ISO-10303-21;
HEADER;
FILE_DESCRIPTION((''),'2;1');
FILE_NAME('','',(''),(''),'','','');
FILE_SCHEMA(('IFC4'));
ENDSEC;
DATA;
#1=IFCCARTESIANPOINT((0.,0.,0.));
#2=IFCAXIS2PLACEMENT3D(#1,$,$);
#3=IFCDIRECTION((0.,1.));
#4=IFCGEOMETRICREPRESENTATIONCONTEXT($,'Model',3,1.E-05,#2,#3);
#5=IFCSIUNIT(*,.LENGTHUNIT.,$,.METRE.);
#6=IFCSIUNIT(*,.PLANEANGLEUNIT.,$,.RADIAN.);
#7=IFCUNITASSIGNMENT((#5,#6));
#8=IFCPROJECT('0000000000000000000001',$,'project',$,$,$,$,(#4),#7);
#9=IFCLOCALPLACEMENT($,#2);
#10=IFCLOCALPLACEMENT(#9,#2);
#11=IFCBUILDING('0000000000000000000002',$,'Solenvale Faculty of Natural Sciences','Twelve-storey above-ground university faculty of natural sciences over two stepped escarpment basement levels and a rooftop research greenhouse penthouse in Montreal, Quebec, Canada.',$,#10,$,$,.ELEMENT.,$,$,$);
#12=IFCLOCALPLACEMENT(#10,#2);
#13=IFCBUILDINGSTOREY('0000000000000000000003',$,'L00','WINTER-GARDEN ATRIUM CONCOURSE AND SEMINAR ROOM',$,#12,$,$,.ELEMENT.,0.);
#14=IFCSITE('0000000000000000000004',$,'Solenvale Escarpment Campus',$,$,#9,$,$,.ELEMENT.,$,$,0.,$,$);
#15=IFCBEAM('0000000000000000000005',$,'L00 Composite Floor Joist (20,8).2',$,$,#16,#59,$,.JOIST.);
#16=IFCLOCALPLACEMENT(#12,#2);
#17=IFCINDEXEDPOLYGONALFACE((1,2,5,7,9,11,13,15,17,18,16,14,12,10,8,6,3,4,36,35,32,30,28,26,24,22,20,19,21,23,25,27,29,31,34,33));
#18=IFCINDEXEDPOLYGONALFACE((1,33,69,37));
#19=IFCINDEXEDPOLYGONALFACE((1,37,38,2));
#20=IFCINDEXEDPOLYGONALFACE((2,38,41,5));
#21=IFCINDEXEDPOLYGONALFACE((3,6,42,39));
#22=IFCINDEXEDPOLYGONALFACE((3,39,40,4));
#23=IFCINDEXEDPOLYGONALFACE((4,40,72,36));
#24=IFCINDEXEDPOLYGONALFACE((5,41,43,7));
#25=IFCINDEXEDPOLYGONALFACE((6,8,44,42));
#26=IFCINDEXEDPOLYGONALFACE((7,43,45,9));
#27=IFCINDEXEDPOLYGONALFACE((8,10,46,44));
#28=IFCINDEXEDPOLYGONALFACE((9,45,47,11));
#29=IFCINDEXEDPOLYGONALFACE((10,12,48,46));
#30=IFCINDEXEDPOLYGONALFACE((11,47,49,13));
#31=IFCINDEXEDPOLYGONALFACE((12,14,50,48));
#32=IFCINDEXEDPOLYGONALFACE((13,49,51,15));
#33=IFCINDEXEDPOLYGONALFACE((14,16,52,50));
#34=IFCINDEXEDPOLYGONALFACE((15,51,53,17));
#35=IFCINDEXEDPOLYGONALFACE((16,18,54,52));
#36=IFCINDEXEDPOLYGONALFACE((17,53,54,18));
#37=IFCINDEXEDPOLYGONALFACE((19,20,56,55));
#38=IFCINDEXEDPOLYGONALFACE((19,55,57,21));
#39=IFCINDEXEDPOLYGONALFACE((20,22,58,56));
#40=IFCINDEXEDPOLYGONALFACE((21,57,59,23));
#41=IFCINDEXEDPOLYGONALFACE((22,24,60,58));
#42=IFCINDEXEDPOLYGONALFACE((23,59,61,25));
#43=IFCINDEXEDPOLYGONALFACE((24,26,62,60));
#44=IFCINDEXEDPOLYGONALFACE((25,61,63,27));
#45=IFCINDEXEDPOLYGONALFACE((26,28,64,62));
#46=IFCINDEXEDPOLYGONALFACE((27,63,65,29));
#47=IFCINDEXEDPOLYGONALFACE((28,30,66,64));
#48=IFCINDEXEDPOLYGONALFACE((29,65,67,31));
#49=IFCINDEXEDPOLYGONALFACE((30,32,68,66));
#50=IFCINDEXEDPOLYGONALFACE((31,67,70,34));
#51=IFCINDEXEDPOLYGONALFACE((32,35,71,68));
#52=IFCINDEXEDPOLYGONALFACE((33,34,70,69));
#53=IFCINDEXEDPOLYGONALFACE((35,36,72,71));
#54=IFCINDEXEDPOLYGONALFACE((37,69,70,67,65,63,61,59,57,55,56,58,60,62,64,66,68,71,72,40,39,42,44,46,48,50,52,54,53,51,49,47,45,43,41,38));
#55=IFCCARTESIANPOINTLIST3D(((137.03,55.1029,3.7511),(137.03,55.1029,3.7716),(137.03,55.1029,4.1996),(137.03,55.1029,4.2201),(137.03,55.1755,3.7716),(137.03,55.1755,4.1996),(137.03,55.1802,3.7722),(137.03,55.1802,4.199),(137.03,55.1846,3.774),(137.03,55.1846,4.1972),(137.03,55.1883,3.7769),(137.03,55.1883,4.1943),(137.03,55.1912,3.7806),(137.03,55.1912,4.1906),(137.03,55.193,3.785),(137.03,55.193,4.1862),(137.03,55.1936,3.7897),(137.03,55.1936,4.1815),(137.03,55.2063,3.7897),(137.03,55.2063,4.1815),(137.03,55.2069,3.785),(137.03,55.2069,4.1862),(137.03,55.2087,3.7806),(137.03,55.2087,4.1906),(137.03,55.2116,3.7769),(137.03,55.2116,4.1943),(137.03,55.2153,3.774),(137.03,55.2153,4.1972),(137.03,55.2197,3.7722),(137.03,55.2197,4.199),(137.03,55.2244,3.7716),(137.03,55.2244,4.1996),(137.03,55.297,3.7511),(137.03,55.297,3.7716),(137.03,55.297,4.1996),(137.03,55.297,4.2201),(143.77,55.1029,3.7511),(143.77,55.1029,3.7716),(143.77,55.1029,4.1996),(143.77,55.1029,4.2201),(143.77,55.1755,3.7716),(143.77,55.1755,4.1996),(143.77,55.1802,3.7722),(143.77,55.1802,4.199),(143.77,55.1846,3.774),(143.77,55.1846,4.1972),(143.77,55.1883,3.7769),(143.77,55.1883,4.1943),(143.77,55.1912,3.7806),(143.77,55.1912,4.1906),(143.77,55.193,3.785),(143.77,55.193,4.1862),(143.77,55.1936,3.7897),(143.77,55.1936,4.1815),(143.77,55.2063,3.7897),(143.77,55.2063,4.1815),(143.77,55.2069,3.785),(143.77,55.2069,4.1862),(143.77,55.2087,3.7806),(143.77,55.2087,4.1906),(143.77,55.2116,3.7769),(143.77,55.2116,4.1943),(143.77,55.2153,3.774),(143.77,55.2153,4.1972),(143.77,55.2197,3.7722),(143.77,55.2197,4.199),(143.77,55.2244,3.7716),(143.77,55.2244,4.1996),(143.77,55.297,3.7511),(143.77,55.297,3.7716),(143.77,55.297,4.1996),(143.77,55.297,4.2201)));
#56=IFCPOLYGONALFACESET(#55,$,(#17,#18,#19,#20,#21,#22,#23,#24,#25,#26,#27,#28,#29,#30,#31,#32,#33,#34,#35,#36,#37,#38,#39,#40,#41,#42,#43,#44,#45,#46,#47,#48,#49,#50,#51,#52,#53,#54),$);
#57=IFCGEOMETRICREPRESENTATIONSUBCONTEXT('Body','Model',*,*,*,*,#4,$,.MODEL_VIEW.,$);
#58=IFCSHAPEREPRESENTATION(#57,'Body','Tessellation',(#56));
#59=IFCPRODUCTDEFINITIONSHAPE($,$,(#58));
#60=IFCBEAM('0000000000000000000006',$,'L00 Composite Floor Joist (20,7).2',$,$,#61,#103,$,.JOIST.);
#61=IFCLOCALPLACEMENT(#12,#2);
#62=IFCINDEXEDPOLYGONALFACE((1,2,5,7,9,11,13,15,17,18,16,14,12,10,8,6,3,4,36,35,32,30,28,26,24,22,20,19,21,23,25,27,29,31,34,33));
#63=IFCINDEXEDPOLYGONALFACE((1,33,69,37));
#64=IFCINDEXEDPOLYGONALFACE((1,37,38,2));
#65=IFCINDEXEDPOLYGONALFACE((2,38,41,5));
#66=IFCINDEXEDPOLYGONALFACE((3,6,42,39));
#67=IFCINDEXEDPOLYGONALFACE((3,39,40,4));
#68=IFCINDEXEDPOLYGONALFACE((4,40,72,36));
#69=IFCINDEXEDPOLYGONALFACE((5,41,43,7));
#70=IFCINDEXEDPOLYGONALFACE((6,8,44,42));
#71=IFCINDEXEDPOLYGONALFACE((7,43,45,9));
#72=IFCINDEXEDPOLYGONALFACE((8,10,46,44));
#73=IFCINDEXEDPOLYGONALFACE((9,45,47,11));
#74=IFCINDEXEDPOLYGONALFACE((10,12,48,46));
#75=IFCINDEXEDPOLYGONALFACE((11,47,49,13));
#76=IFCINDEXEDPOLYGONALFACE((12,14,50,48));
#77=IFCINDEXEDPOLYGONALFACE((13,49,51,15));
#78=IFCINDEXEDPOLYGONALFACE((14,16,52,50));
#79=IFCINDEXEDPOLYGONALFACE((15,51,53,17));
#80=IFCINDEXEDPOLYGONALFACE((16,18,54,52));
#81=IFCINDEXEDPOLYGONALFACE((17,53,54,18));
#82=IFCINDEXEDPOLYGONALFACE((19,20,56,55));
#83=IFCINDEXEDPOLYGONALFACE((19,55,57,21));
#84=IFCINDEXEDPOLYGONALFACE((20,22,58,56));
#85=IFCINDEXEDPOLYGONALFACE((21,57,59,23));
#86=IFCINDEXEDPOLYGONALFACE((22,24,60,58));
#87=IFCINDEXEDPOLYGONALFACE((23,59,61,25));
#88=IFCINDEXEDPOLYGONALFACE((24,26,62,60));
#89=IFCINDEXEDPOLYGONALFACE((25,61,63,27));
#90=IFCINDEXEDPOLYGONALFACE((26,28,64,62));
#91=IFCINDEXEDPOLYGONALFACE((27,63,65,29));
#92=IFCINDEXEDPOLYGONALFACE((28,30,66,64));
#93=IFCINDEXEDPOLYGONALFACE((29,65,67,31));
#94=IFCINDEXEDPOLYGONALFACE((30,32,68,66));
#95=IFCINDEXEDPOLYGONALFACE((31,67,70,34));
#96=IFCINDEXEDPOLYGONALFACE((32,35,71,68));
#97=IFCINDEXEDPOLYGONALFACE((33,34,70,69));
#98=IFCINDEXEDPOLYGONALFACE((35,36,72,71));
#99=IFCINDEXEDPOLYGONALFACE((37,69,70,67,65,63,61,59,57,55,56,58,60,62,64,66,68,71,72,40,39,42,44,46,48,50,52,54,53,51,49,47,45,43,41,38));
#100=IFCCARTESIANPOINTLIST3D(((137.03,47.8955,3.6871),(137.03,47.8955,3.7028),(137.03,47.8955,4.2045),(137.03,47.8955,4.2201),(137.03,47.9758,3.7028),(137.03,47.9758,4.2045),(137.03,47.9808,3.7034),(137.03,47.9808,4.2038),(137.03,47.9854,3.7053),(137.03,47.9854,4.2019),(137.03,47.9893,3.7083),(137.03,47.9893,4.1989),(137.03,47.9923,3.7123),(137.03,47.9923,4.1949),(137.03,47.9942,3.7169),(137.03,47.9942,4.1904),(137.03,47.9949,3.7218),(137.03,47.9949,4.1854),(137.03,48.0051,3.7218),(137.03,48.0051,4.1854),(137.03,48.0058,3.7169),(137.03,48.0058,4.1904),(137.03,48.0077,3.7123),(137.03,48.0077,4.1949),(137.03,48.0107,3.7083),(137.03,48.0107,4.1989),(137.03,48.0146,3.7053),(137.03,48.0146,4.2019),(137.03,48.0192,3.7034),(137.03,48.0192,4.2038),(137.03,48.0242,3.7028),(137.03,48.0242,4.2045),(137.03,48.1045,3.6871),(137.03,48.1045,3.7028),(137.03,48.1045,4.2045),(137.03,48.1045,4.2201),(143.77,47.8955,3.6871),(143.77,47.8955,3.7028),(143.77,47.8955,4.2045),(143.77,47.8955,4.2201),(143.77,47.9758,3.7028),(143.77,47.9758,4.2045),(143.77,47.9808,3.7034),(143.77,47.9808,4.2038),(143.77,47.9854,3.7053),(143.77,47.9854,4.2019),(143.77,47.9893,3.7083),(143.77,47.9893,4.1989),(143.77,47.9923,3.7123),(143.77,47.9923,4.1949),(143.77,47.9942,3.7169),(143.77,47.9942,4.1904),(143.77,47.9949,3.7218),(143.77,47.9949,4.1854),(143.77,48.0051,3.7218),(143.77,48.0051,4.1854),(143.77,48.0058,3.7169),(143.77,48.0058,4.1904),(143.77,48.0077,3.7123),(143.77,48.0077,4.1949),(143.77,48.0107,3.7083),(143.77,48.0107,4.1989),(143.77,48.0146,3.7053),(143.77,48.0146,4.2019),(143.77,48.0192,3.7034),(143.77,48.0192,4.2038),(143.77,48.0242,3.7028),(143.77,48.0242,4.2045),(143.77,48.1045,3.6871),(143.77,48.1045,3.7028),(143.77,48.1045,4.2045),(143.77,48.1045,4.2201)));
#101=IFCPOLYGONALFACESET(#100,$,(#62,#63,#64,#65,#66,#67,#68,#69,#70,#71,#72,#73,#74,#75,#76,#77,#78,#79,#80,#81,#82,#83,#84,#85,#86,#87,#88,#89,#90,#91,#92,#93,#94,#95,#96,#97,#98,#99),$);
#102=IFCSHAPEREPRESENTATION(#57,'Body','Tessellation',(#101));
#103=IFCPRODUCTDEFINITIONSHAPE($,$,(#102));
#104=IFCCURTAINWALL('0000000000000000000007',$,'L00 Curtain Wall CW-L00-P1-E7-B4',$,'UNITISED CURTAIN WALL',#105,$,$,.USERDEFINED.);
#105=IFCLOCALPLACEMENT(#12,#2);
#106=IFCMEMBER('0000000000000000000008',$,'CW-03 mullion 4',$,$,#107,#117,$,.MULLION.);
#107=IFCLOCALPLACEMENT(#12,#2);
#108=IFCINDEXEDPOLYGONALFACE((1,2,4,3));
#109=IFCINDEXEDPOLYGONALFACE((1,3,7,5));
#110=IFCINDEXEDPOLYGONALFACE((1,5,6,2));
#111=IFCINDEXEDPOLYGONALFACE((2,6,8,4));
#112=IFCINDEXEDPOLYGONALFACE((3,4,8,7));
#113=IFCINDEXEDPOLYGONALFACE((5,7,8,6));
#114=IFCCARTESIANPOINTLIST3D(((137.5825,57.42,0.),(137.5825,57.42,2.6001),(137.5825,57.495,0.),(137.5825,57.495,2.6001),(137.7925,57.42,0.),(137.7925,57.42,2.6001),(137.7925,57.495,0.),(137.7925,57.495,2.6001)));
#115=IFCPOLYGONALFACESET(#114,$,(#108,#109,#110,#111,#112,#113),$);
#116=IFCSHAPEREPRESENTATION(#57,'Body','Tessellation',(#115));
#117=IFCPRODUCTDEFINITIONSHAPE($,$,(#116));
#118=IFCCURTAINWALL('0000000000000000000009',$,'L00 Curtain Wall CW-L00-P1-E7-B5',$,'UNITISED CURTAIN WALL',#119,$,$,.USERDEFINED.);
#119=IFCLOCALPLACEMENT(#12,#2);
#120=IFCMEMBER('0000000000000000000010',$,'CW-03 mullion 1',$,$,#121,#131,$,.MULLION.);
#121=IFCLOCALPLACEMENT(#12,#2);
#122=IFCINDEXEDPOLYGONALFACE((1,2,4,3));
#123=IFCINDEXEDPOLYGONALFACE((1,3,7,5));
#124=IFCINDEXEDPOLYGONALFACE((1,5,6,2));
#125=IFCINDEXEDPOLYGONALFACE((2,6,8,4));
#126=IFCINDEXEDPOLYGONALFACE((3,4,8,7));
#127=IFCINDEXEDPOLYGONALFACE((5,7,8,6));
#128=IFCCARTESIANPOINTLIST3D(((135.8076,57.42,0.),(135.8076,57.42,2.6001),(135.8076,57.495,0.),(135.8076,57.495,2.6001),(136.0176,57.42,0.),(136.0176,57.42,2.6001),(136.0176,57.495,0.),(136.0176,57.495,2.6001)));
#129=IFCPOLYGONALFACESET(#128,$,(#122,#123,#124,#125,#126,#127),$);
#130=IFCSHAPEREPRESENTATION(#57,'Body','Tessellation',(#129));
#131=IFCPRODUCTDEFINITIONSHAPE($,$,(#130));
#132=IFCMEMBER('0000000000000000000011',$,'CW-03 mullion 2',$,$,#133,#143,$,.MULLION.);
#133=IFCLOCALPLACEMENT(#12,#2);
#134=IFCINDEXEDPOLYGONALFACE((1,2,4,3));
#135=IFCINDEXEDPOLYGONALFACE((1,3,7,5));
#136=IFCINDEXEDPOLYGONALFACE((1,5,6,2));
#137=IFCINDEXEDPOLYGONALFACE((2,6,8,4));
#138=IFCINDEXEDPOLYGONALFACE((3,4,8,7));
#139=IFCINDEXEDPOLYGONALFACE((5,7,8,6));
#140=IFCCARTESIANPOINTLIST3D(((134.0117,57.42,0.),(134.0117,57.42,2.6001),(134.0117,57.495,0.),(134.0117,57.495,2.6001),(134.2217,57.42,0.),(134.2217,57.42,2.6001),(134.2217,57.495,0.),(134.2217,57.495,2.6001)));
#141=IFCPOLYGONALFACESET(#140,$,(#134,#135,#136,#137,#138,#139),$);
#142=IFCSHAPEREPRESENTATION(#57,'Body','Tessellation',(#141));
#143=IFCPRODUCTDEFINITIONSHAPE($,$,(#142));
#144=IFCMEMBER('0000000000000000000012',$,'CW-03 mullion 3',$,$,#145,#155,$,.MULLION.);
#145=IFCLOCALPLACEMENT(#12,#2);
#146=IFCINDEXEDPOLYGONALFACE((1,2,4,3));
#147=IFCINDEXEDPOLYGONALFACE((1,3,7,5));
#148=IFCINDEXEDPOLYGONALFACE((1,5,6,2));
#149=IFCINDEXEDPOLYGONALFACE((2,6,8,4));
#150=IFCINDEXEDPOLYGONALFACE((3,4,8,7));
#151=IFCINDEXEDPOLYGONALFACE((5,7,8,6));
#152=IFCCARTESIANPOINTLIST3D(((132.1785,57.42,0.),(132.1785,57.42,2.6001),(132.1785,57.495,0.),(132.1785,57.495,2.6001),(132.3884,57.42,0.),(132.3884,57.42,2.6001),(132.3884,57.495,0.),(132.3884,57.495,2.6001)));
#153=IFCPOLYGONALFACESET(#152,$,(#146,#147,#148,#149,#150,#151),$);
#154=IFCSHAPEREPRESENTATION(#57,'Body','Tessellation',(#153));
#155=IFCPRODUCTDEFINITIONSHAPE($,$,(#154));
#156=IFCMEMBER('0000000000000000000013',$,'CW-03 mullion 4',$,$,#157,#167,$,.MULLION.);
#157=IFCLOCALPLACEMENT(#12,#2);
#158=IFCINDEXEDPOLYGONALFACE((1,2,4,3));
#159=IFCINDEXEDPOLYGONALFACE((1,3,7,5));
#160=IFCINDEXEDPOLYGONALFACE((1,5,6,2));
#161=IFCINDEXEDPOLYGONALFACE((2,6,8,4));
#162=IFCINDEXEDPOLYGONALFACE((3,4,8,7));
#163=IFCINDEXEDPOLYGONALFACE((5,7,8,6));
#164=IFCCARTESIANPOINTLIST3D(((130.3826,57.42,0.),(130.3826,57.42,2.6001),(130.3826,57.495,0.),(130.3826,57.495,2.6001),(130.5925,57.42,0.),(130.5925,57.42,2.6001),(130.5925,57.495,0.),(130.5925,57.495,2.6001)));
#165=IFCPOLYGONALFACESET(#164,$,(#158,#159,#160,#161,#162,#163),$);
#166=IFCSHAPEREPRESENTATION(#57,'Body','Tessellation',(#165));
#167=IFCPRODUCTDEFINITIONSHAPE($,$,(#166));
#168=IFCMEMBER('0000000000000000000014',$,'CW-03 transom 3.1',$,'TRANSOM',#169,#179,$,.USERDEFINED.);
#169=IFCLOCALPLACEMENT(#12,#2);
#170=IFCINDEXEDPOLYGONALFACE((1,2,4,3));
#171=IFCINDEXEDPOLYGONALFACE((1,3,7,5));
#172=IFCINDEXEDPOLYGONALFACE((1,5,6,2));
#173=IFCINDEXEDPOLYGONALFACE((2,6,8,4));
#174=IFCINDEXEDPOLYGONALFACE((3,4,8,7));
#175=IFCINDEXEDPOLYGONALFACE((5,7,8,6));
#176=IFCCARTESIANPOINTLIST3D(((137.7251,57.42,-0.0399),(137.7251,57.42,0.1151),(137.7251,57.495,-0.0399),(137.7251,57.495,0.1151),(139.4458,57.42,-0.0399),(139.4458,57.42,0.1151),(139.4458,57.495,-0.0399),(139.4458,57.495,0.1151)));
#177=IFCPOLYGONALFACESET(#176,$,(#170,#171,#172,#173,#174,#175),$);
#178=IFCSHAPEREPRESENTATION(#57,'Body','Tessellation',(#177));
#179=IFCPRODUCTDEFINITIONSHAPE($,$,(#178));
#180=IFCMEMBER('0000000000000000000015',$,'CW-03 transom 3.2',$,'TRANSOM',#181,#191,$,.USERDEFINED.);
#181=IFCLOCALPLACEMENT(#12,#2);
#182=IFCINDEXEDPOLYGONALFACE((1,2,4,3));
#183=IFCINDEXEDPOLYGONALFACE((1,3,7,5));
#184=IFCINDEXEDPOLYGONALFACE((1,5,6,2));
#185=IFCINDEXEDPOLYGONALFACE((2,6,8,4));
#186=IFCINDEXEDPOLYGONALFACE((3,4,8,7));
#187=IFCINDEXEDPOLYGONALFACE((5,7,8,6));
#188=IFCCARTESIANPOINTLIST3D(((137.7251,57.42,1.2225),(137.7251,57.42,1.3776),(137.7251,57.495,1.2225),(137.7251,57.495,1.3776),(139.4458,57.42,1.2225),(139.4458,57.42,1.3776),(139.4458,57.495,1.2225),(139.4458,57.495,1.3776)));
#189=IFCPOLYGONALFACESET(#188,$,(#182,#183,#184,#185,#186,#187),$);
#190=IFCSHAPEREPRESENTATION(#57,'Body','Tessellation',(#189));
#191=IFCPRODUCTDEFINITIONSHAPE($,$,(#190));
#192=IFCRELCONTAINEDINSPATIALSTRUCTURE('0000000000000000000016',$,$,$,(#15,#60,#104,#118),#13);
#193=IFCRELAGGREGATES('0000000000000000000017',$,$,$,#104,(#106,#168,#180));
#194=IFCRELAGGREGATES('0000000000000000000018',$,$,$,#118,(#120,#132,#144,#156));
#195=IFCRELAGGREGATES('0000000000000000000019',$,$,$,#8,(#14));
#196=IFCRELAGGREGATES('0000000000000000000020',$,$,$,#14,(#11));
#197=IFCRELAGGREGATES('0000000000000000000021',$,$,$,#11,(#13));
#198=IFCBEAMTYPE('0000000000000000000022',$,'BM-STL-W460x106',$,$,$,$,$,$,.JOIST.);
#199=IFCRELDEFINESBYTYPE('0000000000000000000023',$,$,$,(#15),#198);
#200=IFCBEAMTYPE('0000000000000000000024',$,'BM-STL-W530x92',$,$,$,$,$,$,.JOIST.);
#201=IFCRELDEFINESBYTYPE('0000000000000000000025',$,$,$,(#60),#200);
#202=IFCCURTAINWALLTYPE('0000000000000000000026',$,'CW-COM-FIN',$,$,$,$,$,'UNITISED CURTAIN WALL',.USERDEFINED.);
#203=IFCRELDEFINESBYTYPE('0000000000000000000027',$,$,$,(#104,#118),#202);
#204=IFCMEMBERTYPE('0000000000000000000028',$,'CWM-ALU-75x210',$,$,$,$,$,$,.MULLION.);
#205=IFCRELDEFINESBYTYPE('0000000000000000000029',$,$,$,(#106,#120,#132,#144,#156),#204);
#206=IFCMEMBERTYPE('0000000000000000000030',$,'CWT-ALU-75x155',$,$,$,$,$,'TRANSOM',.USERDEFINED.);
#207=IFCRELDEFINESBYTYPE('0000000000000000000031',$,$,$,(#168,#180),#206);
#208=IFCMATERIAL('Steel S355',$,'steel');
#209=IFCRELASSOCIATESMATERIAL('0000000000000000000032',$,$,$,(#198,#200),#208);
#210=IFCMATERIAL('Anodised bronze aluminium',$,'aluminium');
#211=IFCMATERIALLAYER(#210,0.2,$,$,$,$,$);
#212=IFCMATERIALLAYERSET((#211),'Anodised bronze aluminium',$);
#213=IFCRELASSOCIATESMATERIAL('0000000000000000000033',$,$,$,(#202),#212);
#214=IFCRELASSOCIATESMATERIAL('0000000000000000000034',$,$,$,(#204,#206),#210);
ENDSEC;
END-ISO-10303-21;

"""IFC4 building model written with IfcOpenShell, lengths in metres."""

from ifc_helpers import new_model, si_unit, direction, frame, origin, origin_2d, place, context, subcontext, project, spatial, rectangle, i_section, extrude, material, layer, layer_set, material_profile, profile_set, type_object, element, aggregate, save


model = new_model("IFC4")

# Units and contexts
model_context = context("Model", 3, precision=1e-05, world=origin(), true_north=direction((0.0, 1.0)))
body_context = subcontext(model_context, "Body", "Model", "MODEL_VIEW")
ifc_project = project(units=[si_unit("LENGTHUNIT", "METRE"), si_unit("PLANEANGLEUNIT", "RADIAN")], contexts=[model_context])

# Site, building, storey
site_placement = place(None, origin())
site = spatial("IfcSite", under=ifc_project, at=site_placement, Name="Solenvale Escarpment Campus", CompositionType="ELEMENT", RefElevation=0.0)
building_placement = place(site_placement, origin())
building = spatial("IfcBuilding", under=site, at=building_placement, Name="Solenvale Faculty of Natural Sciences", Description="Twelve-storey above-ground university faculty of natural sciences over two stepped escarpment basement levels and a rooftop research greenhouse penthouse in Montreal, Quebec, Canada.", CompositionType="ELEMENT")
storey_placement = place(building_placement, origin())
storey = spatial("IfcBuildingStorey", under=building, at=storey_placement, Name="L00", Description="WINTER-GARDEN ATRIUM CONCOURSE AND SEMINAR ROOM", CompositionType="ELEMENT", Elevation=0.0)

# Beams
ifc_material_1 = material(Name="Steel S355", Category="steel")
ifc_material_profile_1 = material_profile(ifc_material_1, i_section(OverallWidth=0.1941, OverallDepth=0.469, WebThickness=0.0127, FlangeThickness=0.0205, FilletRadius=0.0181, at=origin_2d()), Name="W460x106")
ifc_profile_set_1 = profile_set([ifc_material_profile_1], Name="Steel S355")
beam_type_1 = type_object("IfcBeamType", Name="BM-STL-W460x106", PredefinedType="JOIST", material=ifc_profile_set_1)
for number, where, z_axis, x_axis, name in (
    (1, (137.03, 55.2, 3.9856), (1.0, 0.0, 0.0), (0.0, 1.0, 0.0), "L00 Composite Floor Joist (20,8).2"),
):
    element("IfcBeam", number, at=place(storey_placement, frame(where, z_axis=z_axis, x_axis=x_axis)), inside=storey, type_object=beam_type_1, Name=name, PredefinedType="JOIST", context=body_context, shape_type="SweptSolid", body=[
        extrude(i_section(OverallWidth=0.1941, OverallDepth=0.469, WebThickness=0.0127, FlangeThickness=0.0205, FilletRadius=0.0181, at=origin_2d()), origin(), (0.0, 0.0, 1.0), 6.74),
    ])
ifc_material_profile_2 = material_profile(ifc_material_1, i_section(OverallWidth=0.209, OverallDepth=0.533, WebThickness=0.0103, FlangeThickness=0.0156, FilletRadius=0.019, at=origin_2d()), Name="W530x92")
ifc_profile_set_2 = profile_set([ifc_material_profile_2], Name="Steel S355")
beam_type_2 = type_object("IfcBeamType", Name="BM-STL-W530x92", PredefinedType="JOIST", material=ifc_profile_set_2)
beam_1_placement = place(storey_placement, frame((137.03, 48.0, 3.9536), z_axis=(1.0, 0.0, 0.0), x_axis=(0.0, 1.0, 0.0)))
element("IfcBeam", 2, at=beam_1_placement, inside=storey, type_object=beam_type_2, Name="L00 Composite Floor Joist (20,7).2", PredefinedType="JOIST", context=body_context, shape_type="SweptSolid", body=[
    extrude(i_section(OverallWidth=0.209, OverallDepth=0.533, WebThickness=0.0103, FlangeThickness=0.0156, FilletRadius=0.019, at=origin_2d()), origin(), (0.0, 0.0, 1.0), 6.74),
])

# Curtain wall, member
ifc_material_2 = material(Name="Anodised bronze aluminium", Category="aluminium")
ifc_layer_1 = layer(ifc_material_2, 0.2)
ifc_layer_set_1 = layer_set([ifc_layer_1], Name="Anodised bronze aluminium")
curtain_wall_type = type_object("IfcCurtainWallType", Name="CW-COM-FIN", ElementType="UNITISED CURTAIN WALL", PredefinedType="USERDEFINED", material=ifc_layer_set_1)
curtain_wall_1_placement = place(storey_placement, origin())
curtain_wall_1 = element("IfcCurtainWall", 3, at=curtain_wall_1_placement, inside=storey, type_object=curtain_wall_type, Name="L00 Curtain Wall CW-L00-P1-E7-B4", ObjectType="UNITISED CURTAIN WALL", PredefinedType="USERDEFINED")
ifc_material_profile_3 = material_profile(ifc_material_2, rectangle(XDim=0.075, YDim=0.21, at=origin_2d()), Name="ALU-MUL-75x210")
ifc_profile_set_3 = profile_set([ifc_material_profile_3], Name="Anodised bronze aluminium")
member_type_1 = type_object("IfcMemberType", Name="CWM-ALU-75x210", PredefinedType="MULLION", material=ifc_profile_set_3)
member_1_placement = place(storey_placement, frame((137.6875, 57.4575, 0.0), z_axis=(0.0, 0.0, 1.0), x_axis=(0.0, -1.0, 0.0)))
member_1 = element("IfcMember", 4, at=member_1_placement, type_object=member_type_1, Name="CW-03 mullion 4", PredefinedType="MULLION", context=body_context, shape_type="SweptSolid", body=[
    extrude(rectangle(XDim=0.075, YDim=0.21, at=origin_2d()), origin(), (0.0, 0.0, 1.0), 2.6001),
])

# Curtain wall, members
curtain_wall_2_placement = place(storey_placement, origin())
curtain_wall_2 = element("IfcCurtainWall", 5, at=curtain_wall_2_placement, inside=storey, type_object=curtain_wall_type, Name="L00 Curtain Wall CW-L00-P1-E7-B5", ObjectType="UNITISED CURTAIN WALL", PredefinedType="USERDEFINED")
member_2_placement = place(storey_placement, frame((135.9126, 57.4575, 0.0), z_axis=(0.0, 0.0, 1.0), x_axis=(0.0, -1.0, 0.0)))
member_2 = element("IfcMember", 6, at=member_2_placement, type_object=member_type_1, Name="CW-03 mullion 1", PredefinedType="MULLION", context=body_context, shape_type="SweptSolid", body=[
    extrude(rectangle(XDim=0.075, YDim=0.21, at=origin_2d()), origin(), (0.0, 0.0, 1.0), 2.6001),
])
member_3_placement = place(storey_placement, frame((134.1167, 57.4575, 0.0), z_axis=(0.0, 0.0, 1.0), x_axis=(0.0, -1.0, 0.0)))
member_3 = element("IfcMember", 7, at=member_3_placement, type_object=member_type_1, Name="CW-03 mullion 2", PredefinedType="MULLION", context=body_context, shape_type="SweptSolid", body=[
    extrude(rectangle(XDim=0.075, YDim=0.21, at=origin_2d()), origin(), (0.0, 0.0, 1.0), 2.6001),
])
member_4_placement = place(storey_placement, frame((132.2834, 57.4575, 0.0), z_axis=(0.0, 0.0, 1.0), x_axis=(0.0, -1.0, 0.0)))
member_4 = element("IfcMember", 8, at=member_4_placement, type_object=member_type_1, Name="CW-03 mullion 3", PredefinedType="MULLION", context=body_context, shape_type="SweptSolid", body=[
    extrude(rectangle(XDim=0.075, YDim=0.21, at=origin_2d()), origin(), (0.0, 0.0, 1.0), 2.6001),
])
member_5_placement = place(storey_placement, frame((130.4875, 57.4575, 0.0), z_axis=(0.0, 0.0, 1.0), x_axis=(0.0, -1.0, 0.0)))
member_5 = element("IfcMember", 9, at=member_5_placement, type_object=member_type_1, Name="CW-03 mullion 4", PredefinedType="MULLION", context=body_context, shape_type="SweptSolid", body=[
    extrude(rectangle(XDim=0.075, YDim=0.21, at=origin_2d()), origin(), (0.0, 0.0, 1.0), 2.6001),
])

# Members
ifc_material_profile_4 = material_profile(ifc_material_2, rectangle(XDim=0.075, YDim=0.155, at=origin_2d()), Name="ALU-TRN-75x155")
ifc_profile_set_4 = profile_set([ifc_material_profile_4], Name="Anodised bronze aluminium")
member_type_2 = type_object("IfcMemberType", Name="CWT-ALU-75x155", ElementType="TRANSOM", PredefinedType="USERDEFINED", material=ifc_profile_set_4)
member_6_placement = place(storey_placement, frame((139.4458, 57.4575, 0.0376), z_axis=(-1.0, 0.0, 0.0), x_axis=(0.0, -1.0, 0.0)))
member_6 = element("IfcMember", 10, at=member_6_placement, type_object=member_type_2, Name="CW-03 transom 3.1", ObjectType="TRANSOM", PredefinedType="USERDEFINED", context=body_context, shape_type="SweptSolid", body=[
    extrude(rectangle(XDim=0.075, YDim=0.155, at=origin_2d()), origin(), (0.0, 0.0, 1.0), 1.7207),
])
member_7_placement = place(storey_placement, frame((139.4458, 57.4575, 1.3), z_axis=(-1.0, 0.0, 0.0), x_axis=(0.0, -1.0, 0.0)))
member_7 = element("IfcMember", 11, at=member_7_placement, type_object=member_type_2, Name="CW-03 transom 3.2", ObjectType="TRANSOM", PredefinedType="USERDEFINED", context=body_context, shape_type="SweptSolid", body=[
    extrude(rectangle(XDim=0.075, YDim=0.155, at=origin_2d()), origin(), (0.0, 0.0, 1.0), 1.7207),
])

aggregate(curtain_wall_1, [member_1, member_6, member_7])
aggregate(curtain_wall_2, [member_2, member_3, member_4, member_5])

save(model, "model.ifc")
